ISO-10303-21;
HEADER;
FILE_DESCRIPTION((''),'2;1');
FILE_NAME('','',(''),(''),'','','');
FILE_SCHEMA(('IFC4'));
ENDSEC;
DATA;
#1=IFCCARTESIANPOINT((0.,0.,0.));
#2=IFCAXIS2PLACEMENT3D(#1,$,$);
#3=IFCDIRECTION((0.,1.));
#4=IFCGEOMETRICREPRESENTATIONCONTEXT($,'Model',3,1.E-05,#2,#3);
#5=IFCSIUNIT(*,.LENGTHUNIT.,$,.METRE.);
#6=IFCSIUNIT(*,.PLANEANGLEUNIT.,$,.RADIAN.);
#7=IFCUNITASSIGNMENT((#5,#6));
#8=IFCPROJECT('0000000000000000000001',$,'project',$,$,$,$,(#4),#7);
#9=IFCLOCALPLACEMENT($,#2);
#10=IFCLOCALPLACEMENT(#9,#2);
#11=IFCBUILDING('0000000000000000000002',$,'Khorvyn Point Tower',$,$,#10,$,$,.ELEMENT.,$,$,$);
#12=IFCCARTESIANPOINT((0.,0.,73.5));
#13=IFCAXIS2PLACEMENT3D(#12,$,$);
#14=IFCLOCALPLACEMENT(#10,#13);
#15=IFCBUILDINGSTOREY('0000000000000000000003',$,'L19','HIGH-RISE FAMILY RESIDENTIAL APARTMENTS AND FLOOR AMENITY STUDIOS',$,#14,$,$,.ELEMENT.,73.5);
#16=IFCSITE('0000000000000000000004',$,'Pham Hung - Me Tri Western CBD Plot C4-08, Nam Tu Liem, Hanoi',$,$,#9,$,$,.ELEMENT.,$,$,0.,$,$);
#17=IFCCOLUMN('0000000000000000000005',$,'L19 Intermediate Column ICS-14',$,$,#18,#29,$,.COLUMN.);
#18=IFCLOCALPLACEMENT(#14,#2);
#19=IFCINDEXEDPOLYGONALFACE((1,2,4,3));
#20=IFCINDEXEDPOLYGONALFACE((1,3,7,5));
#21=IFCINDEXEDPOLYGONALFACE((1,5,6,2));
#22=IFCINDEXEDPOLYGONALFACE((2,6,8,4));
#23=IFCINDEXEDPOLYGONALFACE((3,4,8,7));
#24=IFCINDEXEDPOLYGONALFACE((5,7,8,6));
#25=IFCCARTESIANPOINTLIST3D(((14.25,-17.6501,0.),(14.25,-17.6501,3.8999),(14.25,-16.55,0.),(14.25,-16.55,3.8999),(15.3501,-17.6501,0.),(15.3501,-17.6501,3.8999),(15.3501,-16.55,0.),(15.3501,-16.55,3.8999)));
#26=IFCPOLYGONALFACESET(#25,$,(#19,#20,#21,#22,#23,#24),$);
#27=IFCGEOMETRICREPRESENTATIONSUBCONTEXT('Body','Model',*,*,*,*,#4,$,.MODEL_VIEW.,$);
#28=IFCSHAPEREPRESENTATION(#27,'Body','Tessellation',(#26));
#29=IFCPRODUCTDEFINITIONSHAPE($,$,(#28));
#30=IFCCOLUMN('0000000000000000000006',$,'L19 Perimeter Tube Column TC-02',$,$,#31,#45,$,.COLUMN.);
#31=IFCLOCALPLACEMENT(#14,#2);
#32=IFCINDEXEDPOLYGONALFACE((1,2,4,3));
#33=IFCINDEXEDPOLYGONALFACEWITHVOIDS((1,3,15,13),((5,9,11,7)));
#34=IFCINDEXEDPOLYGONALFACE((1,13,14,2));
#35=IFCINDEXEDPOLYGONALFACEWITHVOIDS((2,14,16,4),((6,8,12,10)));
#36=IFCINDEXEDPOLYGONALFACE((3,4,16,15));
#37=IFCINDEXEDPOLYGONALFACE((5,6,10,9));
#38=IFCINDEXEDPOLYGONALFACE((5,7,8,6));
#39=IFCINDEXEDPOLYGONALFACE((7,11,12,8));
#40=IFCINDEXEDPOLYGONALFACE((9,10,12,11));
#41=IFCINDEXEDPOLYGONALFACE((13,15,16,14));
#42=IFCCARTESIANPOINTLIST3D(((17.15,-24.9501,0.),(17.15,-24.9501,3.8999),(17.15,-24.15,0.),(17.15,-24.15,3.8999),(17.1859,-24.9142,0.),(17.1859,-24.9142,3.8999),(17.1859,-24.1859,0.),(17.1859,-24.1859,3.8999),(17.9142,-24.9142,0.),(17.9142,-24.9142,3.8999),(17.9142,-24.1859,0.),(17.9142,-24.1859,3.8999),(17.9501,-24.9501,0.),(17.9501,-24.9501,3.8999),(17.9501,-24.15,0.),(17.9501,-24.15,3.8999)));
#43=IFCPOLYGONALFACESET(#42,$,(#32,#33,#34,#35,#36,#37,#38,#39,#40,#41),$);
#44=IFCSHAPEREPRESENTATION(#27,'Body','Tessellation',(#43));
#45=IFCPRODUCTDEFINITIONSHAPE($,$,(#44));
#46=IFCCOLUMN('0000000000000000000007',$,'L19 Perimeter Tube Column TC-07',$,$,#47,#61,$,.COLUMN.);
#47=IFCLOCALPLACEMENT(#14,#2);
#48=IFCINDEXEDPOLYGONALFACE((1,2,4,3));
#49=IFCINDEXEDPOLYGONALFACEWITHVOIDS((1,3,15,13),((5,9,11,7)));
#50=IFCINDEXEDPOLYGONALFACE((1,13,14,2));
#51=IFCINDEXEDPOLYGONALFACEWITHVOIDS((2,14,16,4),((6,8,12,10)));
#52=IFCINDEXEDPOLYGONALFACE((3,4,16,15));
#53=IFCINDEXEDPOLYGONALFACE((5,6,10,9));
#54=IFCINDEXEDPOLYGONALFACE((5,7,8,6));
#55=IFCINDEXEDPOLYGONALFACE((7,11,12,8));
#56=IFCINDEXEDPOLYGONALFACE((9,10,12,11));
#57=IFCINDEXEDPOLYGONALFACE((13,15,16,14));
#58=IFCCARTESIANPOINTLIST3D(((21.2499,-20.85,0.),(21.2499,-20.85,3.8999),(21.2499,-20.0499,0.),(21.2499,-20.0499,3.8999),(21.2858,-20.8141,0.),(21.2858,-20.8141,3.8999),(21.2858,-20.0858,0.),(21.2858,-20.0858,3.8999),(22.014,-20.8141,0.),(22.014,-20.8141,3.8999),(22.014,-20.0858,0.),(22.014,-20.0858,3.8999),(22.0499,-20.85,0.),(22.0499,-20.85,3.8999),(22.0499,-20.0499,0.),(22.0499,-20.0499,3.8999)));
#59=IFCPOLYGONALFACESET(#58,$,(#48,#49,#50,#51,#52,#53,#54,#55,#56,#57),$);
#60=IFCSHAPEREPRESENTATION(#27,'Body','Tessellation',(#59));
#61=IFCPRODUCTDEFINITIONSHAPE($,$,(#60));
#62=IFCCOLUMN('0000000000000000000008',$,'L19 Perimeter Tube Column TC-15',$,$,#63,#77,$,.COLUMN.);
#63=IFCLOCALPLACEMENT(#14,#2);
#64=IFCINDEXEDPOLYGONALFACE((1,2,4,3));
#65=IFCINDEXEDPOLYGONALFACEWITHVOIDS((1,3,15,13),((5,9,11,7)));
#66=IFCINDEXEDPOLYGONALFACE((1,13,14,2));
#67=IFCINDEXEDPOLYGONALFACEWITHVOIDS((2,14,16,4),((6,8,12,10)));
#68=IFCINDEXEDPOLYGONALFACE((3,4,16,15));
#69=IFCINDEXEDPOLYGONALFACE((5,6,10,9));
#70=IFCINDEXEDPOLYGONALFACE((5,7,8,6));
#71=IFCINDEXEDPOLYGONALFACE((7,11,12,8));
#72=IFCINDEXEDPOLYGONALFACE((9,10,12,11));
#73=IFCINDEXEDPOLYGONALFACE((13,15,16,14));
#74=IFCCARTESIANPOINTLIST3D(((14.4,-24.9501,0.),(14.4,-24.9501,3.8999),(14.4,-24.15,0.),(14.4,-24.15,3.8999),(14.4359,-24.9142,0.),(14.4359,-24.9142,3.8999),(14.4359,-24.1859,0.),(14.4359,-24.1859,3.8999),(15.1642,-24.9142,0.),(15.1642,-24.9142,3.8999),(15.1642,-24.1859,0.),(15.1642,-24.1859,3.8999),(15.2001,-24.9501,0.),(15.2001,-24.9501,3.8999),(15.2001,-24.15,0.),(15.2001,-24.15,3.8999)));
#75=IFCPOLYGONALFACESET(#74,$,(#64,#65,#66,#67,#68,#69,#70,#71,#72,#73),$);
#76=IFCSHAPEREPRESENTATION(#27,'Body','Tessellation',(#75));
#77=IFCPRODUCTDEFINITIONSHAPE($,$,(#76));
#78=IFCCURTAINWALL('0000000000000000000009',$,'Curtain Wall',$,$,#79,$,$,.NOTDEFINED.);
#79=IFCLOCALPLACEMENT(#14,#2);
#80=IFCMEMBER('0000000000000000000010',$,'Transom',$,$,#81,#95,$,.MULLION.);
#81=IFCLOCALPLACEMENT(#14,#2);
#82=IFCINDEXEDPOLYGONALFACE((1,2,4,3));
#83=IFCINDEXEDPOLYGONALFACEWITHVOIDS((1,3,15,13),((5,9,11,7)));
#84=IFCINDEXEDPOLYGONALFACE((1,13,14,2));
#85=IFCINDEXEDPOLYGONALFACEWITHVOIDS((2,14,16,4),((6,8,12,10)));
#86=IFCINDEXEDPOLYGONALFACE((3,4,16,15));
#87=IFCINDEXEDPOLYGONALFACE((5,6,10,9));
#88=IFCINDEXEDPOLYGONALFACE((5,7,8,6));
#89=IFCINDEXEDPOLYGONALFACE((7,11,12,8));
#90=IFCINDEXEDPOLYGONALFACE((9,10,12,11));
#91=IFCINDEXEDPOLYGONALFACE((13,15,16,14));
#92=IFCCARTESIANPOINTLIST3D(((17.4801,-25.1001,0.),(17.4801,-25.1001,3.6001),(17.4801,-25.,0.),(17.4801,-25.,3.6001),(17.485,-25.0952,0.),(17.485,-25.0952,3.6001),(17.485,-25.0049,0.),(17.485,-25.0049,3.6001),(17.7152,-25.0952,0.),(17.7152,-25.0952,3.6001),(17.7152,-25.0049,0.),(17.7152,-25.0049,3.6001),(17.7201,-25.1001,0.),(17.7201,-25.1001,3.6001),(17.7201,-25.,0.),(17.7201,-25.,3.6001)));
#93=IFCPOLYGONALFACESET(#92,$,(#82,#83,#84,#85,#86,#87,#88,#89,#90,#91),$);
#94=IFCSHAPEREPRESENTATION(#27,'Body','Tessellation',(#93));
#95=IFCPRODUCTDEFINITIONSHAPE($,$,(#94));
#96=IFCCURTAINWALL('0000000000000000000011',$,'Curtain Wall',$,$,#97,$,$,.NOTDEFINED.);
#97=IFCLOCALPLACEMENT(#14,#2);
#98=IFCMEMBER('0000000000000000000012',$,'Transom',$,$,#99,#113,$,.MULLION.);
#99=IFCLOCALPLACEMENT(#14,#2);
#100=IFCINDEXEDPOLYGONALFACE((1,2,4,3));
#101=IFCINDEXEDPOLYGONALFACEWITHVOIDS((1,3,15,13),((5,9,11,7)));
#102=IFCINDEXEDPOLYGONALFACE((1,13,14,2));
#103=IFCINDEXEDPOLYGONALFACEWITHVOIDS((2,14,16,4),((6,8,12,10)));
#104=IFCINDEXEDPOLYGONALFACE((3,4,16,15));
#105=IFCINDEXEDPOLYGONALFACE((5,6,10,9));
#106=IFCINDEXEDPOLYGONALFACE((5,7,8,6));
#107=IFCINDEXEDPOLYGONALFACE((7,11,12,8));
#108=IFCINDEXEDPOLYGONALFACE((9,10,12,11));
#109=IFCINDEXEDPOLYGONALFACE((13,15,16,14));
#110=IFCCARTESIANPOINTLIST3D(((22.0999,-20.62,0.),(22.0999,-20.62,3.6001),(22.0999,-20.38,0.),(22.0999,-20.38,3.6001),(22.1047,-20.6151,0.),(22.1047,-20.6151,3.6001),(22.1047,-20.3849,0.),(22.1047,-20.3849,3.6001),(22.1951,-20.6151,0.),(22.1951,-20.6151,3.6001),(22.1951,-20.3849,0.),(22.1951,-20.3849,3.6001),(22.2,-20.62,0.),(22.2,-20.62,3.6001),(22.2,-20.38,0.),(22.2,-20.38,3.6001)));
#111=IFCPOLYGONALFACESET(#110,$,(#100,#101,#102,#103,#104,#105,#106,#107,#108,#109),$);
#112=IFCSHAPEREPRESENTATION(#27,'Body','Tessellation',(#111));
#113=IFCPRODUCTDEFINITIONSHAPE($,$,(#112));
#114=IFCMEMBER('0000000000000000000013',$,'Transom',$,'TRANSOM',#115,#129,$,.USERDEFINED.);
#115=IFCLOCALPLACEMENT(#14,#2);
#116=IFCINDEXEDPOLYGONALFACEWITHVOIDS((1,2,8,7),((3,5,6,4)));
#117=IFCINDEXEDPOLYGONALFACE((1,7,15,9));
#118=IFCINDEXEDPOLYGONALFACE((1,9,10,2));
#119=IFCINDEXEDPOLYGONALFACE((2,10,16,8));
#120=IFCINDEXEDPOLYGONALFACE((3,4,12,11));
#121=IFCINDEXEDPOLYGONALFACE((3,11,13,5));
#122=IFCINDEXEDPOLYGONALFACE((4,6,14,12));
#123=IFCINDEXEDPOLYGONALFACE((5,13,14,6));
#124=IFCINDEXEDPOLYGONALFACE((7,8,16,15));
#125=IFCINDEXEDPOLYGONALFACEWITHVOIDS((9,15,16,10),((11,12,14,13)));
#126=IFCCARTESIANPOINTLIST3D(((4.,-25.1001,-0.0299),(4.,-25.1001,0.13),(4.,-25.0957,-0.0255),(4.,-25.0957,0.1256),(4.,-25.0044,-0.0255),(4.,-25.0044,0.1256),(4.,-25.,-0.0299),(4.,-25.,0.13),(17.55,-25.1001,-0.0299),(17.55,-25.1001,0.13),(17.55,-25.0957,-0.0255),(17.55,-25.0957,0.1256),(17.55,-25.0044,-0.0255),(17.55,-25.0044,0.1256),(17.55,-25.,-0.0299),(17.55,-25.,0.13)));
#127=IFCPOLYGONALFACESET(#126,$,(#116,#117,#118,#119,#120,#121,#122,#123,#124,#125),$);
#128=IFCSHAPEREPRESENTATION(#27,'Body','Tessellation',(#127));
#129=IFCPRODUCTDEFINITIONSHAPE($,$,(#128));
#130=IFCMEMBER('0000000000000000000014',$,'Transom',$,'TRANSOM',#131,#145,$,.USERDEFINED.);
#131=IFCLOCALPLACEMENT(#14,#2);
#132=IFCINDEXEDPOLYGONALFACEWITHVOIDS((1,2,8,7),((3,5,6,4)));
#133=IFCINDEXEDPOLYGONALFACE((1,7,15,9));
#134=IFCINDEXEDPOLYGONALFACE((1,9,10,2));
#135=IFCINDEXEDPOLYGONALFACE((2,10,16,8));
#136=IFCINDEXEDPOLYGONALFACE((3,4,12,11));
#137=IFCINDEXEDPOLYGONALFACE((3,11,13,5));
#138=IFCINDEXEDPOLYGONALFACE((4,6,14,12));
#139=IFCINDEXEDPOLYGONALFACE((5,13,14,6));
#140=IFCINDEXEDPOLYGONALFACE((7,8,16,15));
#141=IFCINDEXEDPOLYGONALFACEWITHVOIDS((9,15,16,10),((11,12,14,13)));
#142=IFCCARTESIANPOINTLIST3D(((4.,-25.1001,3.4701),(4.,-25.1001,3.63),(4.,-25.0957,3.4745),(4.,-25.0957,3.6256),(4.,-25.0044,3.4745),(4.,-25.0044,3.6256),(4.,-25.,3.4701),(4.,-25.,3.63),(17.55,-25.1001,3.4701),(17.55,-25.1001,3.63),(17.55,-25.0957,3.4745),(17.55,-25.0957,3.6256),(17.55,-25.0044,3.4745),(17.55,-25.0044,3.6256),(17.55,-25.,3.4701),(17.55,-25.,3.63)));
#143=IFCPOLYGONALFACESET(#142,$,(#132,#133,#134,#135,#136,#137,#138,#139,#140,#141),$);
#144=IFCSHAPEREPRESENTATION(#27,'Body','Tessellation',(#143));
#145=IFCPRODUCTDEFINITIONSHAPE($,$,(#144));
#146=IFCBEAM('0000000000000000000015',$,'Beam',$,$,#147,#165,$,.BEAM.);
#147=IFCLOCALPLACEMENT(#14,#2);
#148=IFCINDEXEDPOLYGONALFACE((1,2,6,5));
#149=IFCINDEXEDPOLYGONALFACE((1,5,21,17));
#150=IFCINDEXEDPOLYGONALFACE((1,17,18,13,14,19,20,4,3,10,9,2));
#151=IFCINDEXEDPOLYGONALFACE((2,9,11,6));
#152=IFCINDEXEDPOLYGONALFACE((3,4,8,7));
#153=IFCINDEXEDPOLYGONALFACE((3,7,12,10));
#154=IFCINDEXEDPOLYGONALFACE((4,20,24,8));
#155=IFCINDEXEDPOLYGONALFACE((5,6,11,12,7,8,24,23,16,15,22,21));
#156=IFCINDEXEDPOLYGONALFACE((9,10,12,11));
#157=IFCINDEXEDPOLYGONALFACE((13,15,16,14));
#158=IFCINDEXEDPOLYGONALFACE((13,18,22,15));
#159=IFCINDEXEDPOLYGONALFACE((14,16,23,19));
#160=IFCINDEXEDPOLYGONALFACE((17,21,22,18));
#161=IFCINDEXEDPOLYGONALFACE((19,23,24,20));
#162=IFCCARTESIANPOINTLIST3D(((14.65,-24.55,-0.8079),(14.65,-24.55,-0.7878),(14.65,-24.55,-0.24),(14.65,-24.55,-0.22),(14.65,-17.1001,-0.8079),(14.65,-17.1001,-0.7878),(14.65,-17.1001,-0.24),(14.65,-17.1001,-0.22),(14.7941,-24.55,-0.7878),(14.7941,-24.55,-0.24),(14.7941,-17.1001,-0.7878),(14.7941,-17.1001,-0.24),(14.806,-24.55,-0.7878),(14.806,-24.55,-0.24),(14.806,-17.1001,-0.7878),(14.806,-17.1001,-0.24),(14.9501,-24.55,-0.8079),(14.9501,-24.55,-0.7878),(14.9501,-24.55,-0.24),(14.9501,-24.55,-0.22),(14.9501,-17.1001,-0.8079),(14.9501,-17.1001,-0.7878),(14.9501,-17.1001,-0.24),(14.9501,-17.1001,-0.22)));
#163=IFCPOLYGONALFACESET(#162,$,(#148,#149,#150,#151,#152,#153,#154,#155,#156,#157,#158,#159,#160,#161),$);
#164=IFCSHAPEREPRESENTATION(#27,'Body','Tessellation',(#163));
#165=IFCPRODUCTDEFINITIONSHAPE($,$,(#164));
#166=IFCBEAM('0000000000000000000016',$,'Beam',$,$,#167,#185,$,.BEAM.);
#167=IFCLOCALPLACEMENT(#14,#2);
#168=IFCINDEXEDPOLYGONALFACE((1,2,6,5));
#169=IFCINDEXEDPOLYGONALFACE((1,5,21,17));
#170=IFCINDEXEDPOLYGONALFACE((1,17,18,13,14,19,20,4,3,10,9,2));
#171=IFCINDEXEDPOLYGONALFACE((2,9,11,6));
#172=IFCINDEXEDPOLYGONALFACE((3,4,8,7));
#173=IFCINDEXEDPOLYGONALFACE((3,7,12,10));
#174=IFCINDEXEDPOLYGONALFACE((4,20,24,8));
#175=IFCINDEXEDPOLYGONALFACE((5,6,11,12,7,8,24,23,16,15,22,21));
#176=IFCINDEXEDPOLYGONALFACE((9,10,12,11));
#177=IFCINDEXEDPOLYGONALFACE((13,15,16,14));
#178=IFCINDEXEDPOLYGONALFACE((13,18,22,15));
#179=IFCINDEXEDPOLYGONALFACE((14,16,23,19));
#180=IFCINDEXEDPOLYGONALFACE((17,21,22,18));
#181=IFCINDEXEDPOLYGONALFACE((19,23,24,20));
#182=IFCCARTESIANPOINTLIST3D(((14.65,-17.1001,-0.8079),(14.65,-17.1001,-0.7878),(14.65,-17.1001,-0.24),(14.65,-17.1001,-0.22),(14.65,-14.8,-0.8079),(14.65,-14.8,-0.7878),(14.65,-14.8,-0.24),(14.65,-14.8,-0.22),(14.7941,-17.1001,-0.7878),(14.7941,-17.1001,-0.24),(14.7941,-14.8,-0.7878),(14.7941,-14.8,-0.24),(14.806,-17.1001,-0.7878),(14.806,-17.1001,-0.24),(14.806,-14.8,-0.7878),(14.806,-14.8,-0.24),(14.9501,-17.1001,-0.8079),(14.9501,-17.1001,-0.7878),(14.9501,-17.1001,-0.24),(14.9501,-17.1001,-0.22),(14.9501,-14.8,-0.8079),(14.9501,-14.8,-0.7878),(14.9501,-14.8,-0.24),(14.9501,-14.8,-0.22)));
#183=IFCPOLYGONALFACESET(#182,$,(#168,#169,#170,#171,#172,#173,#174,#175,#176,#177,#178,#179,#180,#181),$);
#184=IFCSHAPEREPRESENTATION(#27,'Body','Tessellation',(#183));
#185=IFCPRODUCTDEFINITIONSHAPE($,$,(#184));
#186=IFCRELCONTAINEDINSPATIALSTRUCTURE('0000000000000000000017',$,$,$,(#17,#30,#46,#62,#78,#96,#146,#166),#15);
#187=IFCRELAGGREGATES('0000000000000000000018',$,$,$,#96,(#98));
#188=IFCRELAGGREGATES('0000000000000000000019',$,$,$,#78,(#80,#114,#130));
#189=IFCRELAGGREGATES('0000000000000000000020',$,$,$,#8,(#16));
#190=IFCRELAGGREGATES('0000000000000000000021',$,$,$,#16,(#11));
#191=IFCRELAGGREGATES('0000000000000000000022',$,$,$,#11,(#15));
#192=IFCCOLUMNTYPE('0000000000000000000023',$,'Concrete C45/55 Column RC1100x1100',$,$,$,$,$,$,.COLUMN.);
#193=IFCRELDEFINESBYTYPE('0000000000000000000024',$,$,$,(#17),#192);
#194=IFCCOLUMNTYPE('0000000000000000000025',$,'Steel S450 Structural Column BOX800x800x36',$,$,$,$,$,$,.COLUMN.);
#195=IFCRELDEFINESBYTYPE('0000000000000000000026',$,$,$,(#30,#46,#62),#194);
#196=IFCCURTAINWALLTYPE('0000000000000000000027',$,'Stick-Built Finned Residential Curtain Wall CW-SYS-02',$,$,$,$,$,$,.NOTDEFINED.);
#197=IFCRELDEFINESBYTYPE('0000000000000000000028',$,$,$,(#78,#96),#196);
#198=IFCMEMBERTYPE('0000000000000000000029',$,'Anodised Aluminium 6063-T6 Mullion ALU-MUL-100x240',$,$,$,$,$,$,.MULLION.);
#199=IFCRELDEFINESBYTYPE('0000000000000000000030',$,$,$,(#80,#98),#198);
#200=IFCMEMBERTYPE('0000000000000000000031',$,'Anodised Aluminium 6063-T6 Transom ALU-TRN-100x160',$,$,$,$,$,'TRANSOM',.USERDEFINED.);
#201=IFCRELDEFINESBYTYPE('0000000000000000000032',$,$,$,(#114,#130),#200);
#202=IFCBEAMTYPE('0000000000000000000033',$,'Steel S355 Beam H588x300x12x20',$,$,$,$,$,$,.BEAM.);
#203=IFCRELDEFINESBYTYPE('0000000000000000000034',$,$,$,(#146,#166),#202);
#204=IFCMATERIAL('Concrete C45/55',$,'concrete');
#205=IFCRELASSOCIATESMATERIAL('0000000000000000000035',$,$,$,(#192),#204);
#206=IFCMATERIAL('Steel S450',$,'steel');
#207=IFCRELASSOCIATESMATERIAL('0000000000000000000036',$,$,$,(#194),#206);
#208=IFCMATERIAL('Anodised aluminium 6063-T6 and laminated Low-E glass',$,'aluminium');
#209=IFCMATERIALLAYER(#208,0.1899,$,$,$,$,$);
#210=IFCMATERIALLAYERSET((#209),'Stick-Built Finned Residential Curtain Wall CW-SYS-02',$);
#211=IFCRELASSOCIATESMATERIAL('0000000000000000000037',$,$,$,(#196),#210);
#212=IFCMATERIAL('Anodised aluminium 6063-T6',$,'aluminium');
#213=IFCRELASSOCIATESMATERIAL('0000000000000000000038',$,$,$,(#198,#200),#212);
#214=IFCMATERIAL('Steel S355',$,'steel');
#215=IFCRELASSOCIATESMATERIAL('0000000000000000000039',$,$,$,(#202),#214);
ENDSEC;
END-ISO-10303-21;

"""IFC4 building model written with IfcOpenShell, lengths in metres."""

from ifc_helpers import new_model, si_unit, direction, frame, origin, origin_2d, place, context, subcontext, project, spatial, rectangle, hollow_rectangle, i_section, extrude, material, layer, layer_set, material_profile, profile_set, type_object, element, aggregate, save


model = new_model("IFC4")

# Units and contexts
model_context = context("Model", 3, precision=1e-05, world=origin(), true_north=direction((0.0, 1.0)))
body_context = subcontext(model_context, "Body", "Model", "MODEL_VIEW")
ifc_project = project(units=[si_unit("LENGTHUNIT", "METRE"), si_unit("PLANEANGLEUNIT", "RADIAN")], contexts=[model_context])

# Site, building, storey
site_placement = place(None, origin())
site = spatial("IfcSite", under=ifc_project, at=site_placement, Name="Pham Hung - Me Tri Western CBD Plot C4-08, Nam Tu Liem, Hanoi", CompositionType="ELEMENT", RefElevation=0.0)
building_placement = place(site_placement, origin())
building = spatial("IfcBuilding", under=site, at=building_placement, Name="Khorvyn Point Tower", CompositionType="ELEMENT")
storey_placement = place(building_placement, frame((0.0, 0.0, 73.5)))
storey = spatial("IfcBuildingStorey", under=building, at=storey_placement, Name="L19", Description="HIGH-RISE FAMILY RESIDENTIAL APARTMENTS AND FLOOR AMENITY STUDIOS", CompositionType="ELEMENT", Elevation=73.5)

# Columns
ifc_material_1 = material(Name="Concrete C45/55", Category="concrete")
ifc_material_profile_1 = material_profile(ifc_material_1, rectangle(XDim=1.1001, YDim=1.1001, at=origin_2d()))
ifc_profile_set_1 = profile_set([ifc_material_profile_1], Name="Concrete C45/55 RC1100x1100")
column_type_1 = type_object("IfcColumnType", Name="Concrete C45/55 Column RC1100x1100", PredefinedType="COLUMN", material=ifc_profile_set_1)
column_placement = place(storey_placement, frame((14.8, -17.1001, 0.0), z_axis=(0.0, 0.0, 1.0), x_axis=(1.0, 0.0, 0.0)))
element("IfcColumn", 1, at=column_placement, inside=storey, type_object=column_type_1, Name="L19 Intermediate Column ICS-14", PredefinedType="COLUMN", context=body_context, shape_type="SweptSolid", body=[
    extrude(rectangle(XDim=1.1001, YDim=1.1001, at=origin_2d()), origin(), (0.0, 0.0, 1.0), 3.8999),
])
ifc_material_2 = material(Name="Steel S450", Category="steel")
ifc_material_profile_2 = material_profile(ifc_material_2, hollow_rectangle(XDim=0.8, YDim=0.8, WallThickness=0.0359, at=origin_2d()))
ifc_profile_set_2 = profile_set([ifc_material_profile_2], Name="Steel S450 BOX800x800x36")
column_type_2 = type_object("IfcColumnType", Name="Steel S450 Structural Column BOX800x800x36", PredefinedType="COLUMN", material=ifc_profile_set_2)
for number, where, z_axis, x_axis, name in (
    (2, (17.55, -24.55, 0.0), (0.0, 0.0, 1.0), (1.0, 0.0, 0.0), "L19 Perimeter Tube Column TC-02"),
    (3, (21.6499, -20.45, 0.0), (0.0, 0.0, 1.0), (1.0, 0.0, 0.0), "L19 Perimeter Tube Column TC-07"),
    (4, (14.8, -24.55, 0.0), (0.0, 0.0, 1.0), (1.0, 0.0, 0.0), "L19 Perimeter Tube Column TC-15"),
):
    element("IfcColumn", number, at=place(storey_placement, frame(where, z_axis=z_axis, x_axis=x_axis)), inside=storey, type_object=column_type_2, Name=name, PredefinedType="COLUMN", context=body_context, shape_type="SweptSolid", body=[
        extrude(hollow_rectangle(XDim=0.8, YDim=0.8, WallThickness=0.0359, at=origin_2d()), origin(), (0.0, 0.0, 1.0), 3.8999),
    ])

# Curtain walls, members
ifc_material_3 = material(Name="Anodised aluminium 6063-T6 and laminated Low-E glass", Category="aluminium")
ifc_layer_1 = layer(ifc_material_3, 0.1899)
ifc_layer_set_1 = layer_set([ifc_layer_1], Name="Stick-Built Finned Residential Curtain Wall CW-SYS-02")
curtain_wall_type = type_object("IfcCurtainWallType", Name="Stick-Built Finned Residential Curtain Wall CW-SYS-02", PredefinedType="NOTDEFINED", material=ifc_layer_set_1)
curtain_wall_1_placement = place(storey_placement, origin())
curtain_wall_1 = element("IfcCurtainWall", 5, at=curtain_wall_1_placement, inside=storey, type_object=curtain_wall_type, Name="Curtain Wall", PredefinedType="NOTDEFINED")
ifc_material_4 = material(Name="Anodised aluminium 6063-T6", Category="aluminium")
ifc_material_profile_3 = material_profile(ifc_material_4, hollow_rectangle(XDim=0.1001, YDim=0.24, WallThickness=0.0049, at=origin_2d()))
ifc_profile_set_3 = profile_set([ifc_material_profile_3], Name="Anodised aluminium 6063-T6 ALU-MUL-100x240")
member_type_1 = type_object("IfcMemberType", Name="Anodised Aluminium 6063-T6 Mullion ALU-MUL-100x240", PredefinedType="MULLION", material=ifc_profile_set_3)
member_1_placement = place(storey_placement, frame((17.6001, -25.05, 0.0), z_axis=(0.0, 0.0, 1.0), x_axis=(0.0, -1.0, 0.0)))
member_1 = element("IfcMember", 6, at=member_1_placement, type_object=member_type_1, Name="Transom", PredefinedType="MULLION", context=body_context, shape_type="SweptSolid", body=[
    extrude(hollow_rectangle(XDim=0.1001, YDim=0.24, WallThickness=0.0049, at=origin_2d()), origin(), (0.0, 0.0, 1.0), 3.6001),
])
curtain_wall_2_placement = place(storey_placement, origin())
curtain_wall_2 = element("IfcCurtainWall", 7, at=curtain_wall_2_placement, inside=storey, type_object=curtain_wall_type, Name="Curtain Wall", PredefinedType="NOTDEFINED")
member_2_placement = place(storey_placement, frame((22.1499, -20.5, 0.0), z_axis=(0.0, 0.0, 1.0), x_axis=(1.0, 0.0, 0.0)))
member_2 = element("IfcMember", 8, at=member_2_placement, type_object=member_type_1, Name="Transom", PredefinedType="MULLION", context=body_context, shape_type="SweptSolid", body=[
    extrude(hollow_rectangle(XDim=0.1001, YDim=0.24, WallThickness=0.0049, at=origin_2d()), origin(), (0.0, 0.0, 1.0), 3.6001),
])
aggregate(curtain_wall_2, [member_2])

# Members
ifc_material_profile_4 = material_profile(ifc_material_4, hollow_rectangle(XDim=0.1001, YDim=0.1599, WallThickness=0.0044, at=origin_2d()))
ifc_profile_set_4 = profile_set([ifc_material_profile_4], Name="Anodised aluminium 6063-T6 ALU-TRN-100x160")
member_type_2 = type_object("IfcMemberType", Name="Anodised Aluminium 6063-T6 Transom ALU-TRN-100x160", ElementType="TRANSOM", PredefinedType="USERDEFINED", material=ifc_profile_set_4)
member_3_placement = place(storey_placement, frame((17.55, -25.05, 0.05), z_axis=(-1.0, 0.0, 0.0), x_axis=(0.0, -1.0, 0.0)))
member_3 = element("IfcMember", 9, at=member_3_placement, type_object=member_type_2, Name="Transom", ObjectType="TRANSOM", PredefinedType="USERDEFINED", context=body_context, shape_type="SweptSolid", body=[
    extrude(hollow_rectangle(XDim=0.1001, YDim=0.1599, WallThickness=0.0044, at=origin_2d()), origin(), (0.0, 0.0, 1.0), 13.55),
])
member_4_placement = place(storey_placement, frame((17.55, -25.05, 3.55), z_axis=(-1.0, 0.0, 0.0), x_axis=(0.0, -1.0, 0.0)))
member_4 = element("IfcMember", 10, at=member_4_placement, type_object=member_type_2, Name="Transom", ObjectType="TRANSOM", PredefinedType="USERDEFINED", context=body_context, shape_type="SweptSolid", body=[
    extrude(hollow_rectangle(XDim=0.1001, YDim=0.1599, WallThickness=0.0044, at=origin_2d()), origin(), (0.0, 0.0, 1.0), 13.55),
])

# Beams
ifc_material_5 = material(Name="Steel S355", Category="steel")
ifc_material_profile_5 = material_profile(ifc_material_5, i_section(OverallWidth=0.3, OverallDepth=0.5879, WebThickness=0.012, FlangeThickness=0.02, at=origin_2d()))
ifc_profile_set_5 = profile_set([ifc_material_profile_5], Name="Steel S355 H588x300x12x20")
beam_type_1 = type_object("IfcBeamType", Name="Steel S355 Beam H588x300x12x20", PredefinedType="BEAM", material=ifc_profile_set_5)
beam_1_placement = place(storey_placement, frame((14.8, -24.55, -0.5139), z_axis=(0.0, 1.0, 0.0), x_axis=(-1.0, 0.0, 0.0)))
element("IfcBeam", 11, at=beam_1_placement, inside=storey, type_object=beam_type_1, Name="Beam", PredefinedType="BEAM", context=body_context, shape_type="SweptSolid", body=[
    extrude(i_section(OverallWidth=0.3, OverallDepth=0.5879, WebThickness=0.012, FlangeThickness=0.02, at=origin_2d()), origin(), (0.0, 0.0, 1.0), 7.45),
])
beam_2_placement = place(storey_placement, frame((14.8, -17.1001, -0.5139), z_axis=(0.0, 1.0, 0.0), x_axis=(-1.0, 0.0, 0.0)))
element("IfcBeam", 12, at=beam_2_placement, inside=storey, type_object=beam_type_1, Name="Beam", PredefinedType="BEAM", context=body_context, shape_type="SweptSolid", body=[
    extrude(i_section(OverallWidth=0.3, OverallDepth=0.5879, WebThickness=0.012, FlangeThickness=0.02, at=origin_2d()), origin(), (0.0, 0.0, 1.0), 2.3),
])

aggregate(curtain_wall_1, [member_1, member_3, member_4])

save(model, "model.ifc")
